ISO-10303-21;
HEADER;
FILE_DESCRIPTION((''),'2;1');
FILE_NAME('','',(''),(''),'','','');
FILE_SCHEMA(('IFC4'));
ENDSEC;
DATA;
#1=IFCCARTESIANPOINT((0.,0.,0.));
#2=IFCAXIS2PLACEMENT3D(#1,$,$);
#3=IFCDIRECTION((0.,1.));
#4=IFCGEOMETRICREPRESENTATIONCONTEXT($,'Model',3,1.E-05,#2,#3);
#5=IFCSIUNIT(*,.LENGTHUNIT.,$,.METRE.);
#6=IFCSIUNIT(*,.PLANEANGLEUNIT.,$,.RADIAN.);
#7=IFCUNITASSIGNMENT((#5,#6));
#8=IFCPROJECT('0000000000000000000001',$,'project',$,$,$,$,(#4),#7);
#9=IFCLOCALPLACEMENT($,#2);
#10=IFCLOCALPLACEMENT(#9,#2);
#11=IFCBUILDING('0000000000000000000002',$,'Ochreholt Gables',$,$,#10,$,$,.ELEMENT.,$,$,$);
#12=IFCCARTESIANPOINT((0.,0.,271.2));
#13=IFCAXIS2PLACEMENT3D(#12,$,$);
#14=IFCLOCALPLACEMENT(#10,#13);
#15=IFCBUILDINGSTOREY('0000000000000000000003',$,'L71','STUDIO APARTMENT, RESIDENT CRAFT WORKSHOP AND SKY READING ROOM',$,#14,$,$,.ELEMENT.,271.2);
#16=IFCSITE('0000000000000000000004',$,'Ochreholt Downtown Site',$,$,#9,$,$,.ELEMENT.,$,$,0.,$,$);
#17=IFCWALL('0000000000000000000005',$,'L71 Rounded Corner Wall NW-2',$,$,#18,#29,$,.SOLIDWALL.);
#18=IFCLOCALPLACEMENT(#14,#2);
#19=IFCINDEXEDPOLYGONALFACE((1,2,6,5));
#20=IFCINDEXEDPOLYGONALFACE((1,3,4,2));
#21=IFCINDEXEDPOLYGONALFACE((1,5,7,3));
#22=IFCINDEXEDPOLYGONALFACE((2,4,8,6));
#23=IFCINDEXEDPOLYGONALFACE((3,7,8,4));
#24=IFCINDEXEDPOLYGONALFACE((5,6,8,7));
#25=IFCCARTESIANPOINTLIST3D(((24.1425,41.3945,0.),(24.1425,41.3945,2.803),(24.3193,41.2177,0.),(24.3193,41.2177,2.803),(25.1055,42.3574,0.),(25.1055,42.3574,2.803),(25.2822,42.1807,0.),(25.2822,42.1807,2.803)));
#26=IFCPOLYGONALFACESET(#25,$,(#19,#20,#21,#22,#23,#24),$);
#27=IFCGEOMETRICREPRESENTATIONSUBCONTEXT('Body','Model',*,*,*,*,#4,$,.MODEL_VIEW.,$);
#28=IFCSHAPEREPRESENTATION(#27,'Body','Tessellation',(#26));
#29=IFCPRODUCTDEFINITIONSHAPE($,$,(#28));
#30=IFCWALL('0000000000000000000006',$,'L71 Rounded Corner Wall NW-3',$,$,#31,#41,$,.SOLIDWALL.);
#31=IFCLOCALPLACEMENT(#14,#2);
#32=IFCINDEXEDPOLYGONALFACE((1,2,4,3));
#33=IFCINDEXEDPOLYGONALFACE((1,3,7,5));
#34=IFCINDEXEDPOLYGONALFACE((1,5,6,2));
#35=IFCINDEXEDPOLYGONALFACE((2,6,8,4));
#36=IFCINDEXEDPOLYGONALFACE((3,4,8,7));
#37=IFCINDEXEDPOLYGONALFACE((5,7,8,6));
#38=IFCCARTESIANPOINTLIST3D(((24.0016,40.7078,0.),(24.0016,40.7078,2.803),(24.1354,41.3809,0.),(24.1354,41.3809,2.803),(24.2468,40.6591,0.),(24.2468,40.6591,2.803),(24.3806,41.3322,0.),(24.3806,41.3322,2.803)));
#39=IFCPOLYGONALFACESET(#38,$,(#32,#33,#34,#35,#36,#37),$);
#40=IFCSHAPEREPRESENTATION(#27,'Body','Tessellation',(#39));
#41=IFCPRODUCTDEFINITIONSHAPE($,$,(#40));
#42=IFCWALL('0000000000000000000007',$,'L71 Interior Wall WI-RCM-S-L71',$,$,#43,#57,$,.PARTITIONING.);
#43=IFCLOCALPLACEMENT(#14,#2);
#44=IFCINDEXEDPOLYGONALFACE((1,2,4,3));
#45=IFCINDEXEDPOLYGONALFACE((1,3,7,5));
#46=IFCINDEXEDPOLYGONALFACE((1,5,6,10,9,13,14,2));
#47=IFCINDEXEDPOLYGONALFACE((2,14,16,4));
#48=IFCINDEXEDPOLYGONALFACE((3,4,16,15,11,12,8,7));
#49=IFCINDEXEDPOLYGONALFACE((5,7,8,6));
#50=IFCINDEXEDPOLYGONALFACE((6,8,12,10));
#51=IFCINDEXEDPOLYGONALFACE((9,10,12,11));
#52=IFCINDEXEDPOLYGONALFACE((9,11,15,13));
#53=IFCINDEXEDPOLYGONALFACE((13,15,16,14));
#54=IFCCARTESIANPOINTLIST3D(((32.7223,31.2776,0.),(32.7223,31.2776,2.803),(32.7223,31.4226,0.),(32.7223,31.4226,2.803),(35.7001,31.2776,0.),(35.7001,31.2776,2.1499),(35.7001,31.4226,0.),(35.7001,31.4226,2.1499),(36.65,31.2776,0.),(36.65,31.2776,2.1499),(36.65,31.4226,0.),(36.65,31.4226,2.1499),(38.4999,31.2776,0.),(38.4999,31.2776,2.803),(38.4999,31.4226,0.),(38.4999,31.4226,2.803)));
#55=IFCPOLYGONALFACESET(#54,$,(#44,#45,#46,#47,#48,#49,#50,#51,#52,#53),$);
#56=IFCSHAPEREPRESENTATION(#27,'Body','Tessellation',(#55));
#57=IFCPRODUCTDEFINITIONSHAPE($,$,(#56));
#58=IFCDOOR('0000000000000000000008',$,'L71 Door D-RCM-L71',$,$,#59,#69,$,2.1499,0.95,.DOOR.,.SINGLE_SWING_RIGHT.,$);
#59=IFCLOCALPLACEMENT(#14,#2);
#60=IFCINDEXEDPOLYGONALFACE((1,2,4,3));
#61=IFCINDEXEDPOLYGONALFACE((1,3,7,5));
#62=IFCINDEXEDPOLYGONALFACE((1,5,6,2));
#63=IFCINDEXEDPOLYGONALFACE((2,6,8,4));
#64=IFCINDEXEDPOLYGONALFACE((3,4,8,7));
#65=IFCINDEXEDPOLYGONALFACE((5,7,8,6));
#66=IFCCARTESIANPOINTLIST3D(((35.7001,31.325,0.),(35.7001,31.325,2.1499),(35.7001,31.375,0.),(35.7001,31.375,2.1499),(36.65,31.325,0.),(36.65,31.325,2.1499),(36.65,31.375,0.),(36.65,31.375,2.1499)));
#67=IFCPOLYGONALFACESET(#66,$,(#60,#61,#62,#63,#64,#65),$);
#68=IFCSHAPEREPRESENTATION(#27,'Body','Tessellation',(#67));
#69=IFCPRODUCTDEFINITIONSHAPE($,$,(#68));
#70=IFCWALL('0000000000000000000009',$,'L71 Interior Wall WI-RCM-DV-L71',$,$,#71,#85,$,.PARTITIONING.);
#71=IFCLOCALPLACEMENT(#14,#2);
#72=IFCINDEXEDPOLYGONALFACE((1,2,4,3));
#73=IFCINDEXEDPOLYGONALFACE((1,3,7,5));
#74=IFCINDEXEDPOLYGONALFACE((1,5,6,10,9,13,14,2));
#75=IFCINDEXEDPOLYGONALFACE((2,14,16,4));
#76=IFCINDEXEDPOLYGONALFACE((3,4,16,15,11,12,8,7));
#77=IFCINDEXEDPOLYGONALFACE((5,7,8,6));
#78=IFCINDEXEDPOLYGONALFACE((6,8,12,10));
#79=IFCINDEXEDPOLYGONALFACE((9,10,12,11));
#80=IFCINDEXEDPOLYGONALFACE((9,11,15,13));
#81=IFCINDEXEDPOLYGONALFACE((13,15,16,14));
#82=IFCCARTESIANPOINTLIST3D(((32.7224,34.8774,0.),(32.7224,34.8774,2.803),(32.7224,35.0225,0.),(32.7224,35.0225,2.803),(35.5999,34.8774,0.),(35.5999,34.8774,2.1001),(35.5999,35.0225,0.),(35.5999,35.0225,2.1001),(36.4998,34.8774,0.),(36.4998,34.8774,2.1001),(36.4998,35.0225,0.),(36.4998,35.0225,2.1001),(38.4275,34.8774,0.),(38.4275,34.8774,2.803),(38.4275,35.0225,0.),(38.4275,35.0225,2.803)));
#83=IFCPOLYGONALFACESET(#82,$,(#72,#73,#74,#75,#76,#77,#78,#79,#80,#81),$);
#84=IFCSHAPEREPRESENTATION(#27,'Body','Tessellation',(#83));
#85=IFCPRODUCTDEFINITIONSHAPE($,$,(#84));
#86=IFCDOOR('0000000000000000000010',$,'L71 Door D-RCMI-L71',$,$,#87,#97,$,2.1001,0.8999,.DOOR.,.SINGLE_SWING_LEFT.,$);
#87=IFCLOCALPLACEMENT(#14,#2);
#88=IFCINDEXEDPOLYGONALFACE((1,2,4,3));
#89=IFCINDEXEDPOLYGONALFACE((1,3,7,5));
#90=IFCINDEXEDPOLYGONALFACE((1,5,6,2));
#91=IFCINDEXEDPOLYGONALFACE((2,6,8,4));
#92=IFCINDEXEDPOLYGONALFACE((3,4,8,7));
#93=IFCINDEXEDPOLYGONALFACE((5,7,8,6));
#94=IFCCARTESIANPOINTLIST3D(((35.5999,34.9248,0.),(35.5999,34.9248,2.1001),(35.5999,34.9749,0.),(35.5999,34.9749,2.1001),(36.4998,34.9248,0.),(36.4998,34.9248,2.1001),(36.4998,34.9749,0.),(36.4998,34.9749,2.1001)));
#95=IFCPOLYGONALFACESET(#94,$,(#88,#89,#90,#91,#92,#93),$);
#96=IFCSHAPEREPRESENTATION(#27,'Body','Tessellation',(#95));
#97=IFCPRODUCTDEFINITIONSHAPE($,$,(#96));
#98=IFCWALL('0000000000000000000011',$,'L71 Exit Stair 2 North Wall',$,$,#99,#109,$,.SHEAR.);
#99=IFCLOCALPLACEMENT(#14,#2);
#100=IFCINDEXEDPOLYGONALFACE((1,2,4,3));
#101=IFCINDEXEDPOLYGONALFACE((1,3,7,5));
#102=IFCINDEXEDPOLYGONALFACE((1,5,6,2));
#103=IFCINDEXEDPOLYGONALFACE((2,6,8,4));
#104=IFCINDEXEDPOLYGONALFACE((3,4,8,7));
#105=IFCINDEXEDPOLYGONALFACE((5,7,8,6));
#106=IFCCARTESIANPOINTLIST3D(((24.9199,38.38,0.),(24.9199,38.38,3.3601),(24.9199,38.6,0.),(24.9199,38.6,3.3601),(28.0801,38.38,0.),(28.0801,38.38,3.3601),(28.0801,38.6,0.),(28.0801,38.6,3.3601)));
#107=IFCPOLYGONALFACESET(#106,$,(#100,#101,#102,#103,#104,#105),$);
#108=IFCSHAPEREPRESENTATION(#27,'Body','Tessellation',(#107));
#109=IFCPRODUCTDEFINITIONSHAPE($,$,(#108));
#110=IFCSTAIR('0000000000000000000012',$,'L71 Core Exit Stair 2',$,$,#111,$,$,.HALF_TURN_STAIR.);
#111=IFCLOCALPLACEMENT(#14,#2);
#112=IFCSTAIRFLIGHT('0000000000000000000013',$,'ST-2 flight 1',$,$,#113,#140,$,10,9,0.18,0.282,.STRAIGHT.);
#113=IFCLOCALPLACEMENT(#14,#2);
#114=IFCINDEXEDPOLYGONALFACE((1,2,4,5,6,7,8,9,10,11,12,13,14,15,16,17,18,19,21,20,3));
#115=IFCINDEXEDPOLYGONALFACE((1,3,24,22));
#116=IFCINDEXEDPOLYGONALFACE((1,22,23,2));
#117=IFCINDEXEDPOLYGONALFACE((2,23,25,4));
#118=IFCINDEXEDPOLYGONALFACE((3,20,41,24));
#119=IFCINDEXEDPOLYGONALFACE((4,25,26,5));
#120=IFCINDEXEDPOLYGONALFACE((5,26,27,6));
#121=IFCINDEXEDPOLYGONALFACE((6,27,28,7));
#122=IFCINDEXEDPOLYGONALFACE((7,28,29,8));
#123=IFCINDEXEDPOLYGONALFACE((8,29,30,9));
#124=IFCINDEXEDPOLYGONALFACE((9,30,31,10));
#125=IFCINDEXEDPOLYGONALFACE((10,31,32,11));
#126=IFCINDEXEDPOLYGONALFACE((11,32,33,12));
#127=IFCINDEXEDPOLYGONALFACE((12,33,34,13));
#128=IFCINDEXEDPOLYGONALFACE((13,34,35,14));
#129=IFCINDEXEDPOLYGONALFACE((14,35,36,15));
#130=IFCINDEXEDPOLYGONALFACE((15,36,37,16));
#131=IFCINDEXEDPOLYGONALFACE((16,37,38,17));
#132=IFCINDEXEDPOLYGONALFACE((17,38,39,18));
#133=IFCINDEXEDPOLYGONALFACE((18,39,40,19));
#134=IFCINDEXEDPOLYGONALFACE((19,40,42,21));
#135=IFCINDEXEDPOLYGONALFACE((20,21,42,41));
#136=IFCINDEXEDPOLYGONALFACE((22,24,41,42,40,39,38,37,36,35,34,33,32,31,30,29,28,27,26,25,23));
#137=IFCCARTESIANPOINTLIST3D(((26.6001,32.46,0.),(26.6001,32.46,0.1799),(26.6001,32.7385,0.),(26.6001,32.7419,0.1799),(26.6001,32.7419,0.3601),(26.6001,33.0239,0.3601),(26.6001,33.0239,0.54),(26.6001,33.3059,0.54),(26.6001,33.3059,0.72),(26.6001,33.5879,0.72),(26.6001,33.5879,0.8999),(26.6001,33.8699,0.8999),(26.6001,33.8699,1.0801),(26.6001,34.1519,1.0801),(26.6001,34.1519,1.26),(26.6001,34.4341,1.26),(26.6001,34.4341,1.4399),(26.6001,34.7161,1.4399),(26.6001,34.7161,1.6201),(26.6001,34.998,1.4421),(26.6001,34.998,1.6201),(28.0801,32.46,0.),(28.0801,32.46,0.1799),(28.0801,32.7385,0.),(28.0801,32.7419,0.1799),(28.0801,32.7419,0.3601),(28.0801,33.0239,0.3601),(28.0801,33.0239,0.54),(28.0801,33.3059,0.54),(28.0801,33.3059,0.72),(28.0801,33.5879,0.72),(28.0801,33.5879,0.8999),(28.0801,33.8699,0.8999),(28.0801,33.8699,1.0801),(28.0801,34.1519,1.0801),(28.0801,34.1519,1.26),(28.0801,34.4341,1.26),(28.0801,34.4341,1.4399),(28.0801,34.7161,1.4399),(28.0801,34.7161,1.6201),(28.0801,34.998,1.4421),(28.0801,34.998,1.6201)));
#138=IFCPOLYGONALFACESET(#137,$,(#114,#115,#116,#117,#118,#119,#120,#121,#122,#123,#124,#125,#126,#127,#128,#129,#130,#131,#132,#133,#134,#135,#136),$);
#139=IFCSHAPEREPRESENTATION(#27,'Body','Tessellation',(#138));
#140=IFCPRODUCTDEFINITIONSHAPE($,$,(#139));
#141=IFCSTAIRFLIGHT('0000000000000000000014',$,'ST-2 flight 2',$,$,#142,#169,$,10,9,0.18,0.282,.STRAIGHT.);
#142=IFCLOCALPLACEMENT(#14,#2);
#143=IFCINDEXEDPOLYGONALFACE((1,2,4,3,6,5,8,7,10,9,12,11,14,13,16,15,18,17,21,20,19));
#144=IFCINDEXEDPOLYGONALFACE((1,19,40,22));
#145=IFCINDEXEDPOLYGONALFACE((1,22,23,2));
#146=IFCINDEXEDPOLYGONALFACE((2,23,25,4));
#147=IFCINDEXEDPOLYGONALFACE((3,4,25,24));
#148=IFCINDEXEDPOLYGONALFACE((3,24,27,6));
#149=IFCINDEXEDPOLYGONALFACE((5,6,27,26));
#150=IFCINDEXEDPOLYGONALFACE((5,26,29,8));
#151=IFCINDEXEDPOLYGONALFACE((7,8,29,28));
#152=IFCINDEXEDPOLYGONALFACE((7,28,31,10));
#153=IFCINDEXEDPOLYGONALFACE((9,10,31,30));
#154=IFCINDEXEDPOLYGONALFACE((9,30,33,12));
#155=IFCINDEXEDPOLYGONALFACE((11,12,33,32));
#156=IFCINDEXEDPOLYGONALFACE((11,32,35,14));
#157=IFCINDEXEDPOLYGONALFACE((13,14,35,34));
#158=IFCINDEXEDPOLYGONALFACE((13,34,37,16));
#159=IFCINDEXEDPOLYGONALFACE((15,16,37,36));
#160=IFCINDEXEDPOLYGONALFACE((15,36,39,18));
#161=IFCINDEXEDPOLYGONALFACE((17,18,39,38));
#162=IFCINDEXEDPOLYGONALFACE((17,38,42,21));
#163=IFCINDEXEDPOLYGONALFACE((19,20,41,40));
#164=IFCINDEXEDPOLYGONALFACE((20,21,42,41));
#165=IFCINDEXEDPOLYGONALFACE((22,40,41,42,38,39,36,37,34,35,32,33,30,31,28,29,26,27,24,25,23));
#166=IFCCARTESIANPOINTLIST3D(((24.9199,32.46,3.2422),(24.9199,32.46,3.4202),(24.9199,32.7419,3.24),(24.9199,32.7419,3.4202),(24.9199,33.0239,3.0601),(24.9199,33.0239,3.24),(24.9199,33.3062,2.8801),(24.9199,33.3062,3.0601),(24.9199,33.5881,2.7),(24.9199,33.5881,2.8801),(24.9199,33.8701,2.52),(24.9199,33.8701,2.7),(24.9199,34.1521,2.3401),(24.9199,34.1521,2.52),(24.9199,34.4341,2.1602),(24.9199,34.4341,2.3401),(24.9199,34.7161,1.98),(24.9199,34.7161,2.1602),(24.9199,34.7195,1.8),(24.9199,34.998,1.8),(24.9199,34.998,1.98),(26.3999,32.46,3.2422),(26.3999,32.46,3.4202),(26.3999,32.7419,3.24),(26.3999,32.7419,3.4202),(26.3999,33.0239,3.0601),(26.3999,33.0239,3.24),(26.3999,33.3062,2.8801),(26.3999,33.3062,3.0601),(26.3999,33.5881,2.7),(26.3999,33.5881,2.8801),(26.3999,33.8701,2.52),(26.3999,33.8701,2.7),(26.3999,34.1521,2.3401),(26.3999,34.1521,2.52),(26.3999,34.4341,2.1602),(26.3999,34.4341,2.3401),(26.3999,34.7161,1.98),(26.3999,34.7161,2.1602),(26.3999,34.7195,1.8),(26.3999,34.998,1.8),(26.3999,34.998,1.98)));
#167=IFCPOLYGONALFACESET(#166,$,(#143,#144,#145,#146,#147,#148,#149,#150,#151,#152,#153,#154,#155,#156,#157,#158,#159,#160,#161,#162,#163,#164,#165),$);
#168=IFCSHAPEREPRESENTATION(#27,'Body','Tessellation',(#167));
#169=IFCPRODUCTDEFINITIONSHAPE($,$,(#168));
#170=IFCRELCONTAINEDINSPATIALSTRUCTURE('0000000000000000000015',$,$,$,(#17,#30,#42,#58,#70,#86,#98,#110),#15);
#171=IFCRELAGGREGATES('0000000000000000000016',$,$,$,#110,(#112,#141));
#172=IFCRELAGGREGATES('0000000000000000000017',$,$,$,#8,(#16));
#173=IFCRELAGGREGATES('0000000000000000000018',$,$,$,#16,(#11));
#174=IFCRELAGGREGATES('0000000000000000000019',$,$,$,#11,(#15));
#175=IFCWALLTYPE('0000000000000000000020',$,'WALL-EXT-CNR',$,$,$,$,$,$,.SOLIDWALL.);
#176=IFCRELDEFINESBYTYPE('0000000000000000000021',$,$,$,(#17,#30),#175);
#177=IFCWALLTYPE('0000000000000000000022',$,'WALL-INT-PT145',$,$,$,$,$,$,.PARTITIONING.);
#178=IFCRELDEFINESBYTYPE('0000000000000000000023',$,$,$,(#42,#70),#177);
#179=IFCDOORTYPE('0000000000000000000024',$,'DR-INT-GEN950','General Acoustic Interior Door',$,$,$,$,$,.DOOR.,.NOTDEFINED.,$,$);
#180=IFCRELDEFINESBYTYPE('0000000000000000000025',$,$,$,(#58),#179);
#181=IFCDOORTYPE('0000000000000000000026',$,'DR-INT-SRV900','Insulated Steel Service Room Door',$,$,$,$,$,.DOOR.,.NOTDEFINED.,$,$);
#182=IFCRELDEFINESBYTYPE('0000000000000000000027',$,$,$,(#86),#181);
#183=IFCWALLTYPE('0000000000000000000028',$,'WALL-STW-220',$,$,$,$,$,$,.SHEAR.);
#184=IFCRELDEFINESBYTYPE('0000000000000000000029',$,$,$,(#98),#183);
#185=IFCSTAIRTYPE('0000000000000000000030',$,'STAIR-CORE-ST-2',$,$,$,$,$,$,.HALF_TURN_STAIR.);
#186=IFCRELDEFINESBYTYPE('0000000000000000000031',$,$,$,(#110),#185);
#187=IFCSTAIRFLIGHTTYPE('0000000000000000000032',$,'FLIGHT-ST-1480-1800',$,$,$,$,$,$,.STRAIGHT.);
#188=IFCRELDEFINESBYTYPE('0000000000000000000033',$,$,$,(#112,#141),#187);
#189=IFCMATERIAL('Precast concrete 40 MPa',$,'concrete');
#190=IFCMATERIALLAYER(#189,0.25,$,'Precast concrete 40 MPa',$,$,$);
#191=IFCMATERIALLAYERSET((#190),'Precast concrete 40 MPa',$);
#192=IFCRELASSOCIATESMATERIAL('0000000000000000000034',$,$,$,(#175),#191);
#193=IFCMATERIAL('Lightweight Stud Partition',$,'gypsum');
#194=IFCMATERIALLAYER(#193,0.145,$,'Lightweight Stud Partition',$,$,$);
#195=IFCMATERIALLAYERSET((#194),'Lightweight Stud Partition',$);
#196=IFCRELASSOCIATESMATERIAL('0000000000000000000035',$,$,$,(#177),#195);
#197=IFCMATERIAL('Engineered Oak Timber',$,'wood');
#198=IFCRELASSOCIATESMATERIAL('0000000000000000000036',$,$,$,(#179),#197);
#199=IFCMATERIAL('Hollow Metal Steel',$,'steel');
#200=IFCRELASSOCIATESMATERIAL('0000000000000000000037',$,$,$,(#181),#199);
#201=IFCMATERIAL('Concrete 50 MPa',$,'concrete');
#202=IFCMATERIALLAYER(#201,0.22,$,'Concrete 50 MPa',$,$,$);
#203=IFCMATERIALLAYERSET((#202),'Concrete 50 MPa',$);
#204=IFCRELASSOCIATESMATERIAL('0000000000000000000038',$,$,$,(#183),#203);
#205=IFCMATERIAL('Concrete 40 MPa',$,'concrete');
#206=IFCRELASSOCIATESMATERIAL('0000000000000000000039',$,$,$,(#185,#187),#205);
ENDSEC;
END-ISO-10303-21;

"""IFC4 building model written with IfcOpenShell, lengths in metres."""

from ifc_helpers import new_model, si_unit, direction, frame, frame_2d, origin, place, context, subcontext, project, spatial, polyline, rectangle, outline, extrude, material, layer, layer_set, type_object, element, fill, aggregate, save


model = new_model("IFC4")

# Units and contexts
model_context = context("Model", 3, precision=1e-05, world=origin(), true_north=direction((0.0, 1.0)))
body_context = subcontext(model_context, "Body", "Model", "MODEL_VIEW")
ifc_project = project(units=[si_unit("LENGTHUNIT", "METRE"), si_unit("PLANEANGLEUNIT", "RADIAN")], contexts=[model_context])

# Site, building, storey
site_placement = place(None, origin())
site = spatial("IfcSite", under=ifc_project, at=site_placement, Name="Ochreholt Downtown Site", CompositionType="ELEMENT", RefElevation=0.0)
building_placement = place(site_placement, origin())
building = spatial("IfcBuilding", under=site, at=building_placement, Name="Ochreholt Gables", CompositionType="ELEMENT")
storey_placement = place(building_placement, frame((0.0, 0.0, 271.2)))
storey = spatial("IfcBuildingStorey", under=building, at=storey_placement, Name="L71", Description="STUDIO APARTMENT, RESIDENT CRAFT WORKSHOP AND SKY READING ROOM", CompositionType="ELEMENT", Elevation=271.2)

# Shared definitions
ifc_material_1 = material(Name="Concrete 50 MPa", Category="concrete")

# Shared definitions
ifc_material_2 = material(Name="Hollow Metal Steel", Category="steel")

# Shared definitions
ifc_material_3 = material(Name="Precast concrete 40 MPa", Category="concrete")

# Walls
ifc_layer_1 = layer(ifc_material_3, 0.25, Name="Precast concrete 40 MPa")
ifc_layer_set_1 = layer_set([ifc_layer_1], Name="Precast concrete 40 MPa")
wall_type_1 = type_object("IfcWallType", Name="WALL-EXT-CNR", PredefinedType="SOLIDWALL", material=ifc_layer_set_1)
wall_1_placement = place(storey_placement, frame((25.1938, 42.269, 0.0), z_axis=(0.0, 0.0, 1.0), x_axis=(-0.707107, -0.707107, 0.0)))
element("IfcWall", 1, at=wall_1_placement, inside=storey, type_object=wall_type_1, Name="L71 Rounded Corner Wall NW-2", PredefinedType="SOLIDWALL", context=body_context, shape_type="SweptSolid", body=[
    extrude(rectangle(XDim=1.3618, YDim=0.25, at=frame_2d((0.6809, 0.0))), origin(), (0.0, 0.0, 1.0), 2.803),
])
wall_2_placement = place(storey_placement, frame((24.2581, 41.3567, 0.0), z_axis=(0.0, 0.0, 1.0), x_axis=(-0.194953, -0.980813, 0.0)))
element("IfcWall", 2, at=wall_2_placement, inside=storey, type_object=wall_type_1, Name="L71 Rounded Corner Wall NW-3", PredefinedType="SOLIDWALL", context=body_context, shape_type="SweptSolid", body=[
    extrude(rectangle(XDim=0.6863, YDim=0.25, at=frame_2d((0.3433, 0.0))), origin(), (0.0, 0.0, 1.0), 2.803),
])

# Walls, openings, doors
ifc_material_4 = material(Name="Lightweight Stud Partition", Category="gypsum")
ifc_layer_2 = layer(ifc_material_4, 0.145, Name="Lightweight Stud Partition")
ifc_layer_set_2 = layer_set([ifc_layer_2], Name="Lightweight Stud Partition")
wall_type_2 = type_object("IfcWallType", Name="WALL-INT-PT145", PredefinedType="PARTITIONING", material=ifc_layer_set_2)
wall_3_placement = place(storey_placement, frame((32.7224, 31.3501, 0.0), z_axis=(0.0, 0.0, 1.0), x_axis=(1.0, 0.0, 0.0)))
wall_3 = element("IfcWall", 3, at=wall_3_placement, inside=storey, type_object=wall_type_2, Name="L71 Interior Wall WI-RCM-S-L71", PredefinedType="PARTITIONING", context=body_context, shape_type="SweptSolid", body=[
    extrude(rectangle(XDim=5.7776, YDim=0.145, at=frame_2d((2.8887, 0.0))), origin(), (0.0, 0.0, 1.0), 2.803),
])
opening_1_placement = place(wall_3_placement, frame((2.9775, 0.0, 0.0)))
opening_1 = element("IfcOpeningElement", 4, at=opening_1_placement, cuts=wall_3, PredefinedType="OPENING", context=body_context, shape_type="SweptSolid", body=[
    extrude(rectangle(XDim=0.95, YDim=2.1499, at=frame_2d((0.4751, 1.075))), frame((0.0, 0.0825, 0.0), z_axis=(0.0, -1.0, 0.0), x_axis=(1.0, 0.0, 0.0)), (0.0, 0.0, 1.0), 0.165),
])
ifc_material_5 = material(Name="Engineered Oak Timber", Category="wood")
door_type_1 = type_object("IfcDoorType", Name="DR-INT-GEN950", Description="General Acoustic Interior Door", OperationType="NOTDEFINED", PredefinedType="DOOR", material=ifc_material_5)
door_1_placement = place(opening_1_placement, origin())
door_1 = element("IfcDoor", 5, at=door_1_placement, inside=storey, type_object=door_type_1, Name="L71 Door D-RCM-L71", OperationType="SINGLE_SWING_RIGHT", OverallHeight=2.1499, OverallWidth=0.95, PredefinedType="DOOR", context=body_context, shape_type="SweptSolid", body=[
    extrude(rectangle(XDim=0.95, YDim=2.1499, at=frame_2d((0.4751, 1.075))), frame((0.0, 0.0249, 0.0), z_axis=(0.0, -1.0, 0.0), x_axis=(1.0, 0.0, 0.0)), (0.0, 0.0, 1.0), 0.05),
])
fill(opening_1, door_1)
wall_4_placement = place(storey_placement, frame((32.7224, 34.95, 0.0), z_axis=(0.0, 0.0, 1.0), x_axis=(1.0, 0.0, 0.0)))
wall_4 = element("IfcWall", 6, at=wall_4_placement, inside=storey, type_object=wall_type_2, Name="L71 Interior Wall WI-RCM-DV-L71", PredefinedType="PARTITIONING", context=body_context, shape_type="SweptSolid", body=[
    extrude(rectangle(XDim=5.7051, YDim=0.145, at=frame_2d((2.8525, 0.0))), origin(), (0.0, 0.0, 1.0), 2.803),
])
opening_2_placement = place(wall_4_placement, frame((2.8774, 0.0, 0.0)))
opening_2 = element("IfcOpeningElement", 7, at=opening_2_placement, cuts=wall_4, PredefinedType="OPENING", context=body_context, shape_type="SweptSolid", body=[
    extrude(rectangle(XDim=0.8999, YDim=2.1001, at=frame_2d((0.45, 1.05))), frame((0.0, 0.0825, 0.0), z_axis=(0.0, -1.0, 0.0), x_axis=(1.0, 0.0, 0.0)), (0.0, 0.0, 1.0), 0.165),
])
door_type_2 = type_object("IfcDoorType", Name="DR-INT-SRV900", Description="Insulated Steel Service Room Door", OperationType="NOTDEFINED", PredefinedType="DOOR", material=ifc_material_2)
door_2_placement = place(opening_2_placement, origin())
door_2 = element("IfcDoor", 8, at=door_2_placement, inside=storey, type_object=door_type_2, Name="L71 Door D-RCMI-L71", OperationType="SINGLE_SWING_LEFT", OverallHeight=2.1001, OverallWidth=0.8999, PredefinedType="DOOR", context=body_context, shape_type="SweptSolid", body=[
    extrude(rectangle(XDim=0.8999, YDim=2.1001, at=frame_2d((0.45, 1.05))), frame((0.0, 0.0249, 0.0), z_axis=(0.0, -1.0, 0.0), x_axis=(1.0, 0.0, 0.0)), (0.0, 0.0, 1.0), 0.05),
])
fill(opening_2, door_2)

# Wall
ifc_layer_3 = layer(ifc_material_1, 0.22, Name="Concrete 50 MPa")
ifc_layer_set_3 = layer_set([ifc_layer_3], Name="Concrete 50 MPa")
wall_type_3 = type_object("IfcWallType", Name="WALL-STW-220", PredefinedType="SHEAR", material=ifc_layer_set_3)
wall_5_placement = place(storey_placement, frame((24.9199, 38.49, 0.0), z_axis=(0.0, 0.0, 1.0), x_axis=(1.0, 0.0, 0.0)))
element("IfcWall", 9, at=wall_5_placement, inside=storey, type_object=wall_type_3, Name="L71 Exit Stair 2 North Wall", PredefinedType="SHEAR", context=body_context, shape_type="SweptSolid", body=[
    extrude(rectangle(XDim=3.1602, YDim=0.22, at=frame_2d((1.5801, 0.0))), origin(), (0.0, 0.0, 1.0), 3.3601),
])

# Stair, stair flights
ifc_material_6 = material(Name="Concrete 40 MPa", Category="concrete")
stair_type = type_object("IfcStairType", Name="STAIR-CORE-ST-2", PredefinedType="HALF_TURN_STAIR", material=ifc_material_6)
stair_placement = place(storey_placement, origin())
stair = element("IfcStair", 10, at=stair_placement, inside=storey, type_object=stair_type, Name="L71 Core Exit Stair 2", PredefinedType="HALF_TURN_STAIR")
stair_flight_type = type_object("IfcStairFlightType", Name="FLIGHT-ST-1480-1800", PredefinedType="STRAIGHT", material=ifc_material_6)
stair_flight_1_placement = place(storey_placement, frame((27.3401, 32.46, 0.0), z_axis=(0.0, 0.0, 1.0), x_axis=(0.0, 1.0, 0.0)))
stair_flight_1 = element("IfcStairFlight", 11, at=stair_flight_1_placement, type_object=stair_flight_type, Name="ST-2 flight 1", NumberOfRisers=10, NumberOfTreads=9, PredefinedType="STRAIGHT", RiserHeight=0.18, TreadLength=0.282, context=body_context, shape_type="SweptSolid", body=[
    extrude(outline(polyline([(0.0, 0.0), (0.0, 0.1799), (0.282, 0.1799), (0.282, 0.3601), (0.564, 0.3601), (0.564, 0.54), (0.8459, 0.54), (0.8459, 0.72), (1.1279, 0.72), (1.1279, 0.8999), (1.4099, 0.8999), (1.4099, 1.0801), (1.6919, 1.0801), (1.6919, 1.26), (1.9741, 1.26), (1.9741, 1.4399), (2.2561, 1.4399), (2.2561, 1.6201), (2.5381, 1.6201), (2.5381, 1.8), (2.5381, 1.4421), (0.2786, 0.0), (0.0, 0.0)])), frame((0.0, 0.74, 0.0), z_axis=(0.0, -1.0, 0.0), x_axis=(1.0, 0.0, 0.0)), (0.0, 0.0, 1.0), 1.48),
])
stair_flight_2_placement = place(storey_placement, frame((25.6599, 34.998, 1.8), z_axis=(0.0, 0.0, 1.0), x_axis=(0.0, -1.0, 0.0)))
stair_flight_2 = element("IfcStairFlight", 12, at=stair_flight_2_placement, type_object=stair_flight_type, Name="ST-2 flight 2", NumberOfRisers=10, NumberOfTreads=9, PredefinedType="STRAIGHT", RiserHeight=0.18, TreadLength=0.282, context=body_context, shape_type="SweptSolid", body=[
    extrude(outline(polyline([(0.0, 0.0), (0.0, 0.1799), (0.282, 0.1799), (0.282, 0.3601), (0.564, 0.3601), (0.564, 0.54), (0.8459, 0.54), (0.8459, 0.72), (1.1279, 0.72), (1.1279, 0.8999), (1.4099, 0.8999), (1.4099, 1.0801), (1.6919, 1.0801), (1.6919, 1.26), (1.9741, 1.26), (1.9741, 1.4399), (2.2561, 1.4399), (2.2561, 1.6201), (2.5381, 1.6201), (2.5381, 1.8), (2.5381, 1.4421), (0.2786, 0.0), (0.0, 0.0)])), frame((0.0, 0.74, 0.0), z_axis=(0.0, -1.0, 0.0), x_axis=(1.0, 0.0, 0.0)), (0.0, 0.0, 1.0), 1.48),
])
aggregate(stair, [stair_flight_1, stair_flight_2])

save(model, "model.ifc")
